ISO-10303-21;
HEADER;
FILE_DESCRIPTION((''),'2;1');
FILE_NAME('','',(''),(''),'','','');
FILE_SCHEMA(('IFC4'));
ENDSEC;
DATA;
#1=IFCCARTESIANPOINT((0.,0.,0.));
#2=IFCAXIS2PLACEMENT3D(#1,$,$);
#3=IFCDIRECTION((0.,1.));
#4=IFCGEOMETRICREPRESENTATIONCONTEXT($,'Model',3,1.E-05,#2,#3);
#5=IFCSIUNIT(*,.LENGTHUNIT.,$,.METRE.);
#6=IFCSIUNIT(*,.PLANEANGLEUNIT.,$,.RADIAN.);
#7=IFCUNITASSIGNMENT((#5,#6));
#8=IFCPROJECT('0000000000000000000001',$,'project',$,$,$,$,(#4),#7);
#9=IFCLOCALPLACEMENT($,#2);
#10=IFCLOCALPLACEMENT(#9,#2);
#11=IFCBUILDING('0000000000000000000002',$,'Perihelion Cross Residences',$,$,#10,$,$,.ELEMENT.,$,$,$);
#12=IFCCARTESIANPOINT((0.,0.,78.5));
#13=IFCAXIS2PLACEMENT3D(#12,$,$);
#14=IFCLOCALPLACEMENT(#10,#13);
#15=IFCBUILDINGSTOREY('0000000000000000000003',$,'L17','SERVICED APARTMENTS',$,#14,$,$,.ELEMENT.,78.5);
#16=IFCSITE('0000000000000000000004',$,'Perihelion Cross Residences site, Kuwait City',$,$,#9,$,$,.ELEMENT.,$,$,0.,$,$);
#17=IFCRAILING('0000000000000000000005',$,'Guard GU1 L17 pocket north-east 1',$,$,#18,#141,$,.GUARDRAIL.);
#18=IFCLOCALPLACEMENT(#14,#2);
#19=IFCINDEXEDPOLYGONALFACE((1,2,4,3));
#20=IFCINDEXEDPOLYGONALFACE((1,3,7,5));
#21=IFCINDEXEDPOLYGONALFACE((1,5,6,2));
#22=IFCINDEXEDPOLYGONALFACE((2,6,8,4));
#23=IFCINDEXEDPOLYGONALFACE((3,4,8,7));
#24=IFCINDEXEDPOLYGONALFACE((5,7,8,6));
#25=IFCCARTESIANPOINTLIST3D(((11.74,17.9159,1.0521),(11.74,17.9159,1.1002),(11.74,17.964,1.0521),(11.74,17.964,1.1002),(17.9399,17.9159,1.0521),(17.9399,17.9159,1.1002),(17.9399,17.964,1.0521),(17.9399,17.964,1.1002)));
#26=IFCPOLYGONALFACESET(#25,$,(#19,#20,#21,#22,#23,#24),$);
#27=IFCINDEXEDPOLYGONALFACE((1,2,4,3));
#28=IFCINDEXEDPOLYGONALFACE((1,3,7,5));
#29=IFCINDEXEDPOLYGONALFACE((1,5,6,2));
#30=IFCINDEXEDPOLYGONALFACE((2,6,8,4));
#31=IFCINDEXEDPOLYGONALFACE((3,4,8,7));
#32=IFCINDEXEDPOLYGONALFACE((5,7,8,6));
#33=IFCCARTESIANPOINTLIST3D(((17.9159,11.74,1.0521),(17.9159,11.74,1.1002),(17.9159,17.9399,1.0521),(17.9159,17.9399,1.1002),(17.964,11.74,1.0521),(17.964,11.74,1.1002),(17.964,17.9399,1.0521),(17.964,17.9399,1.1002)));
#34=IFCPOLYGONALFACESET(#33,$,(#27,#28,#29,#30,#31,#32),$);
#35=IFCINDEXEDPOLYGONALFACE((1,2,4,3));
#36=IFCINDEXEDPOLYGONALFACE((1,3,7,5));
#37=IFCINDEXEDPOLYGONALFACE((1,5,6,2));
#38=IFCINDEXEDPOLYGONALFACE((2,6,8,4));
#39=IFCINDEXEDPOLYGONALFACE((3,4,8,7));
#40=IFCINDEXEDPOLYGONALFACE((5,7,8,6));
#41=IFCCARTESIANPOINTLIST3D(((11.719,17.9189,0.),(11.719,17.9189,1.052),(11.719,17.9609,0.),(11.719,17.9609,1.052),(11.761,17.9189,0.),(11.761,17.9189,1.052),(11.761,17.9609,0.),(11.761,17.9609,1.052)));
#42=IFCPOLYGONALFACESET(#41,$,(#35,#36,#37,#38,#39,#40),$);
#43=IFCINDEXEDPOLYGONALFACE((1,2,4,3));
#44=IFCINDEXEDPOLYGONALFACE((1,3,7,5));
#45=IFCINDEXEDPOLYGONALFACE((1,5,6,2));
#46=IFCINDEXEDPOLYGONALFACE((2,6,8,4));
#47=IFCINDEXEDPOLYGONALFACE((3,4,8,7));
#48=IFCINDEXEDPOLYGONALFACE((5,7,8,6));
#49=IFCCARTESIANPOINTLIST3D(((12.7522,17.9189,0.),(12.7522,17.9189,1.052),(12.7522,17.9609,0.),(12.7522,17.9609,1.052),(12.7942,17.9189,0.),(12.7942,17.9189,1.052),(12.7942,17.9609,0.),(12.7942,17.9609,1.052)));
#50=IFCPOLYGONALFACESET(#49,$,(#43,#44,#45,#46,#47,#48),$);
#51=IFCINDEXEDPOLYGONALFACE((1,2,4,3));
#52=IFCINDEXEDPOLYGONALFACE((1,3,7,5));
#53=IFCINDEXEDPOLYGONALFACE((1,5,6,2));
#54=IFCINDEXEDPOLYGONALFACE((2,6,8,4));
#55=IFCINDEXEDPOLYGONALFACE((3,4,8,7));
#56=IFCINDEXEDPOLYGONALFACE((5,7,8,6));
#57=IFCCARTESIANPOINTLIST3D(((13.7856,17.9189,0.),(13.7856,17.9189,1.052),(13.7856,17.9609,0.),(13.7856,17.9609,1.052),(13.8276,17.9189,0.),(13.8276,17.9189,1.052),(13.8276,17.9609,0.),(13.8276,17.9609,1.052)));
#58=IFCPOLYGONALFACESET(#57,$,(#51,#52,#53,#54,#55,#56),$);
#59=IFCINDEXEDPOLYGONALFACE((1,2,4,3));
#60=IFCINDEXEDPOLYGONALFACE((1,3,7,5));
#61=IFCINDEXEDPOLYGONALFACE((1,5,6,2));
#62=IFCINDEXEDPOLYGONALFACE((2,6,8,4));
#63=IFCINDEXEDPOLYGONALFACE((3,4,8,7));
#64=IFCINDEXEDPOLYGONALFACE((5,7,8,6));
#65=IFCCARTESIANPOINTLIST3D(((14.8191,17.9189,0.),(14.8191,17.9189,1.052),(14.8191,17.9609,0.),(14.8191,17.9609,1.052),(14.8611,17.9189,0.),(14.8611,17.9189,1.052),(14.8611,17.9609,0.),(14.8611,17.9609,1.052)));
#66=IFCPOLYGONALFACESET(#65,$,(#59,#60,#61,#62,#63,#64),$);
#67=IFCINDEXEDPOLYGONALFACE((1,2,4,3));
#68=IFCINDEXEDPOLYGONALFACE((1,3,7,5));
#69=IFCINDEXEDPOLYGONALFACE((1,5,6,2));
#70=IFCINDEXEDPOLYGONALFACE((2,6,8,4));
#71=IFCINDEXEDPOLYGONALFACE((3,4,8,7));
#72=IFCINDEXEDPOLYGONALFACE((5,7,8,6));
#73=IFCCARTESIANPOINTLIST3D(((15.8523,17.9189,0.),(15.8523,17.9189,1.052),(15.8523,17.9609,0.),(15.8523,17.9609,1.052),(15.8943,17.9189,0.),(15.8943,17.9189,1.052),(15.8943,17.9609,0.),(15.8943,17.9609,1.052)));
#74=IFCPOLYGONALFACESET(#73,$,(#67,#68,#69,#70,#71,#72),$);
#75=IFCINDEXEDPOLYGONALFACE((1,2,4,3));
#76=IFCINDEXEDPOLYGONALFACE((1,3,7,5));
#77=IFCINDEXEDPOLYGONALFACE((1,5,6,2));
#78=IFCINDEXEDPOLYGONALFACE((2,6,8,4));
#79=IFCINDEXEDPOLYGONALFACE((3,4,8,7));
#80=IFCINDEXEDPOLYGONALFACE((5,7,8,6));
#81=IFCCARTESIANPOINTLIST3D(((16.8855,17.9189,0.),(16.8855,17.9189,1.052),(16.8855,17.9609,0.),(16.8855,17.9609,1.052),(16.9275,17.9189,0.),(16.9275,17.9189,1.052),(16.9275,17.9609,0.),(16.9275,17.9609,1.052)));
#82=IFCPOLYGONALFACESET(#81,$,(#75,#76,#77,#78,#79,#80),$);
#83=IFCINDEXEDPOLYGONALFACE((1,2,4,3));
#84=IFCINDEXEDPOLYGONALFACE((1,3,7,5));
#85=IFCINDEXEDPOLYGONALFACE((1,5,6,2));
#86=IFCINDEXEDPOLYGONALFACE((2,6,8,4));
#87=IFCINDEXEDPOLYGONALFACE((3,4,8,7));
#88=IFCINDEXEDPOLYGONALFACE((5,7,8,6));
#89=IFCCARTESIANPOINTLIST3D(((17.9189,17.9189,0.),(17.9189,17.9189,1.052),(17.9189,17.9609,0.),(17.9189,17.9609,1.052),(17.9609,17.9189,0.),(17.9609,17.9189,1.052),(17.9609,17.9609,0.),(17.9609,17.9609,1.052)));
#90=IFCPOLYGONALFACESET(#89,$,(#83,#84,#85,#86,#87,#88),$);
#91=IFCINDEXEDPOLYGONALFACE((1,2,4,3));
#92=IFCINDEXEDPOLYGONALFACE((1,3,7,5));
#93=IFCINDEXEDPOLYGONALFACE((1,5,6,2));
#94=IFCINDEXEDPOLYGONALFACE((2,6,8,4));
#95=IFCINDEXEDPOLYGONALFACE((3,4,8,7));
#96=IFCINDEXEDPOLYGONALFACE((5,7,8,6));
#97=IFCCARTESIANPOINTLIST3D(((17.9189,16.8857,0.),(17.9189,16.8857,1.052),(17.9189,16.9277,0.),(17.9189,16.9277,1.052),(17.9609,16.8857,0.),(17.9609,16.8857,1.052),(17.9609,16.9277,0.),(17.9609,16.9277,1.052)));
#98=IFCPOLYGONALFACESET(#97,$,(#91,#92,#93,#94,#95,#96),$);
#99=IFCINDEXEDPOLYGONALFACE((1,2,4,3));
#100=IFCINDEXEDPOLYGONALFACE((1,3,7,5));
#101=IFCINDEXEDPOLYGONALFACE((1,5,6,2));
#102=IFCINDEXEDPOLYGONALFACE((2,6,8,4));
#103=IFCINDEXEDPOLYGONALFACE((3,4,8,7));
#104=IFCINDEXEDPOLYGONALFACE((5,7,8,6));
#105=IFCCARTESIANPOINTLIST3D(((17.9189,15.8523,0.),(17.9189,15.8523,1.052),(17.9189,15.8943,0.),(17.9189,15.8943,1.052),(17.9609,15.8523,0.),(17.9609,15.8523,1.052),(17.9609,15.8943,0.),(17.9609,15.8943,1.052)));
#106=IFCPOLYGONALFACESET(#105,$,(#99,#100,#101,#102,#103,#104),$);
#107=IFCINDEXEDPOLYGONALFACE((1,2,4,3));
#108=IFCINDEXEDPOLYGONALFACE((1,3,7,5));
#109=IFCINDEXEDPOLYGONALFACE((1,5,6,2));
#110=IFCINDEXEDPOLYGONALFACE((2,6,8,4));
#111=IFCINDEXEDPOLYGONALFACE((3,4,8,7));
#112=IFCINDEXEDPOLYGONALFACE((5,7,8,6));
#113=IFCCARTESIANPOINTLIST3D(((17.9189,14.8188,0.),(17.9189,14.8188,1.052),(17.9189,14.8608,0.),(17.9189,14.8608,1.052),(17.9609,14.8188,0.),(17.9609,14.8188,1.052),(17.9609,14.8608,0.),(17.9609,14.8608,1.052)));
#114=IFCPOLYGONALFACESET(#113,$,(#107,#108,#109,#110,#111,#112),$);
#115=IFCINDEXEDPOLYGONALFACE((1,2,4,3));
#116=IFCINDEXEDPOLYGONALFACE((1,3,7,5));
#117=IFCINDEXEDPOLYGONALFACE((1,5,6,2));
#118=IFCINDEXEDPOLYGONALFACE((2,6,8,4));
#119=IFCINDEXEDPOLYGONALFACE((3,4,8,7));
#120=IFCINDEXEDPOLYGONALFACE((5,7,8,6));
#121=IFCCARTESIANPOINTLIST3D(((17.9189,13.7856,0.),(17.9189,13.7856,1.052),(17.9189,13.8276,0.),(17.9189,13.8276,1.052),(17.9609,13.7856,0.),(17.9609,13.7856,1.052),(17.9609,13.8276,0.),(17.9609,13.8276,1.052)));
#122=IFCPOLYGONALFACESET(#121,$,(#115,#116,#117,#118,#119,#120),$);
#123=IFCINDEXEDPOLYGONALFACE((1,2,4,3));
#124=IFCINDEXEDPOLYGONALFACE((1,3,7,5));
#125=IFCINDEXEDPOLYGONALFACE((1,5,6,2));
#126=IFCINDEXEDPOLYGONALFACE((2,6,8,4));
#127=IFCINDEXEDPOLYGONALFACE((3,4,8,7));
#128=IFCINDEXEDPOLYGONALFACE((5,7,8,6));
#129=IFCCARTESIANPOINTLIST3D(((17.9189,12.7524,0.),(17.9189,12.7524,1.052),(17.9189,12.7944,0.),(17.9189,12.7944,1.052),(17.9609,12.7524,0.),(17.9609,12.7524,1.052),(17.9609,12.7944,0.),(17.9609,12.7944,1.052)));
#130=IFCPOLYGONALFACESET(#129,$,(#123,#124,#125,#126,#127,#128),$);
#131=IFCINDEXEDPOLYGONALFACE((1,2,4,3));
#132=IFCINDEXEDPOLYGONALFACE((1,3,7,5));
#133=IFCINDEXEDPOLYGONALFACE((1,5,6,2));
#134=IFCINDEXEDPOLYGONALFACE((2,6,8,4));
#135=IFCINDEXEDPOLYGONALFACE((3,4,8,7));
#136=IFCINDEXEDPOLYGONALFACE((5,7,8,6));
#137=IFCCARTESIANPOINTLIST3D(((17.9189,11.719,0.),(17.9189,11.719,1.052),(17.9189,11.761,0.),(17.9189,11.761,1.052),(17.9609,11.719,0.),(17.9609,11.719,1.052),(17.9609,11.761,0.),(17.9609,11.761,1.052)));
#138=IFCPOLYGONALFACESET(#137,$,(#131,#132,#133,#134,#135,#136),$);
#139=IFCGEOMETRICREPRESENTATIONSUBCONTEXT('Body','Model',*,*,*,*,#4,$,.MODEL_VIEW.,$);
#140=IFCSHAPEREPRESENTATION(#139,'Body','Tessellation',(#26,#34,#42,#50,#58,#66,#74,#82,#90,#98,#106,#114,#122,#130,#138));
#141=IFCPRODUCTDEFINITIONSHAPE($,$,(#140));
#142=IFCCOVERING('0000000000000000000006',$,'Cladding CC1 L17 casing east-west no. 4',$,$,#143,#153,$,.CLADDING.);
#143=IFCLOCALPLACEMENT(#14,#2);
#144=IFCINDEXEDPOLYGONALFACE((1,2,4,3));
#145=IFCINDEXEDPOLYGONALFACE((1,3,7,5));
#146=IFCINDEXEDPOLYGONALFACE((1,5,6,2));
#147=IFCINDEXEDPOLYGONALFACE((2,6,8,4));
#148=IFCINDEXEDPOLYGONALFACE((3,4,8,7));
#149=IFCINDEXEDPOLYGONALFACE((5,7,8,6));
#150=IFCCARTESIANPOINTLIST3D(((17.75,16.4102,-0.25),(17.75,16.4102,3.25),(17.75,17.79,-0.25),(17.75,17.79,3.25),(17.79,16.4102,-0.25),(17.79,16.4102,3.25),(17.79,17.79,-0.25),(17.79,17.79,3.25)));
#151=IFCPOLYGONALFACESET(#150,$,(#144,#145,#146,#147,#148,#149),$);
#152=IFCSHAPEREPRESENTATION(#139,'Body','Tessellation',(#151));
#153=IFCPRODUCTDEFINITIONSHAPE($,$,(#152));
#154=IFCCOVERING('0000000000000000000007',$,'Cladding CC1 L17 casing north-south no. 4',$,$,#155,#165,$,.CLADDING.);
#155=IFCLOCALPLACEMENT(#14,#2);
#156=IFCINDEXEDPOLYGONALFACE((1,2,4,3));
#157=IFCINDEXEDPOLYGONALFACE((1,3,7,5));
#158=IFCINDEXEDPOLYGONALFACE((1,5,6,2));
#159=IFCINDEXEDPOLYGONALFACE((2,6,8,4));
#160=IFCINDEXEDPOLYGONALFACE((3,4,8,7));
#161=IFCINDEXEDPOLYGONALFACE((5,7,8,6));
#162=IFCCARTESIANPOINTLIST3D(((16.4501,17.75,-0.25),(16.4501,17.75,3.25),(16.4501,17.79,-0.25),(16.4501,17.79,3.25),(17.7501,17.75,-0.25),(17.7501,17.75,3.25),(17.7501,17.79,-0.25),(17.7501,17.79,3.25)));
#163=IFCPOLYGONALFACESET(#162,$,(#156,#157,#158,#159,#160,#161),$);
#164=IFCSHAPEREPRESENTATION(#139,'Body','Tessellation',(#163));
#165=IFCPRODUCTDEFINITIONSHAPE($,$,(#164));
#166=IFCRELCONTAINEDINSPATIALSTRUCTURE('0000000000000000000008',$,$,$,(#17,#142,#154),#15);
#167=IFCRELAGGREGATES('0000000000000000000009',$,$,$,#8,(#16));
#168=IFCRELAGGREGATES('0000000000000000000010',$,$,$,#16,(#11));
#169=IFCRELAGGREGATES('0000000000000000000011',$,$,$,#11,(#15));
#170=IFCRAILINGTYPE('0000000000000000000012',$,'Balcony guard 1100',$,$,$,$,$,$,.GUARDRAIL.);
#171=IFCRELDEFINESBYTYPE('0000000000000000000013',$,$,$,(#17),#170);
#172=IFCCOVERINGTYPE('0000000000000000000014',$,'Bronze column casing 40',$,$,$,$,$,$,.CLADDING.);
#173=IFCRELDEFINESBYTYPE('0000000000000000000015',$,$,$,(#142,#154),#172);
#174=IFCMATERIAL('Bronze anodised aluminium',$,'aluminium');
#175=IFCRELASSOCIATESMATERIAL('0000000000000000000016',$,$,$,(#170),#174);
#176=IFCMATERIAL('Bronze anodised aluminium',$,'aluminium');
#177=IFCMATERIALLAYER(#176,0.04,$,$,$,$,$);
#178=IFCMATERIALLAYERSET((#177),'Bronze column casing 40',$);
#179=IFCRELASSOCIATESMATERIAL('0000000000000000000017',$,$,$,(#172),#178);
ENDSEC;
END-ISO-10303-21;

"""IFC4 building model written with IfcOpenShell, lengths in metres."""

from ifc_helpers import new_model, si_unit, direction, frame, origin, origin_2d, place, context, subcontext, project, spatial, rectangle, extrude, material, layer, layer_set, type_object, element, save


model = new_model("IFC4")

# Units and contexts
model_context = context("Model", 3, precision=1e-05, world=origin(), true_north=direction((0.0, 1.0)))
body_context = subcontext(model_context, "Body", "Model", "MODEL_VIEW")
ifc_project = project(units=[si_unit("LENGTHUNIT", "METRE"), si_unit("PLANEANGLEUNIT", "RADIAN")], contexts=[model_context])

# Site, building, storey
site_placement = place(None, origin())
site = spatial("IfcSite", under=ifc_project, at=site_placement, Name="Perihelion Cross Residences site, Kuwait City", CompositionType="ELEMENT", RefElevation=0.0)
building_placement = place(site_placement, origin())
building = spatial("IfcBuilding", under=site, at=building_placement, Name="Perihelion Cross Residences", CompositionType="ELEMENT")
storey_placement = place(building_placement, frame((0.0, 0.0, 78.5)))
storey = spatial("IfcBuildingStorey", under=building, at=storey_placement, Name="L17", Description="SERVICED APARTMENTS", CompositionType="ELEMENT", Elevation=78.5)

# Railing
ifc_material_1 = material(Name="Bronze anodised aluminium", Category="aluminium")
railing_type = type_object("IfcRailingType", Name="Balcony guard 1100", PredefinedType="GUARDRAIL", material=ifc_material_1)
railing_1_placement = place(storey_placement, frame((11.74, 17.9399, 0.0)))
element("IfcRailing", 1, at=railing_1_placement, inside=storey, type_object=railing_type, Name="Guard GU1 L17 pocket north-east 1", PredefinedType="GUARDRAIL", context=body_context, shape_type="SweptSolid", body=[
    extrude(rectangle(XDim=0.0481, YDim=0.0481, at=origin_2d()), frame((0.0, 0.0, 1.0762), z_axis=(1.0, 0.0, 0.0), x_axis=(0.0, 1.0, 0.0)), (0.0, 0.0, 1.0), 6.2),
    extrude(rectangle(XDim=0.0481, YDim=0.0481, at=origin_2d()), frame((6.2, 0.0, 1.0762), z_axis=(0.0, -1.0, 0.0), x_axis=(1.0, 0.0, 0.0)), (0.0, 0.0, 1.0), 6.2),
    extrude(rectangle(XDim=0.042, YDim=0.042, at=origin_2d()), origin(), (0.0, 0.0, 1.0), 1.052),
    extrude(rectangle(XDim=0.042, YDim=0.042, at=origin_2d()), frame((1.0332, 0.0, 0.0)), (0.0, 0.0, 1.0), 1.052),
    extrude(rectangle(XDim=0.042, YDim=0.042, at=origin_2d()), frame((2.0667, 0.0, 0.0)), (0.0, 0.0, 1.0), 1.052),
    extrude(rectangle(XDim=0.042, YDim=0.042, at=origin_2d()), frame((3.1001, 0.0, 0.0)), (0.0, 0.0, 1.0), 1.052),
    extrude(rectangle(XDim=0.042, YDim=0.042, at=origin_2d()), frame((4.1333, 0.0, 0.0)), (0.0, 0.0, 1.0), 1.052),
    extrude(rectangle(XDim=0.042, YDim=0.042, at=origin_2d()), frame((5.1665, 0.0, 0.0)), (0.0, 0.0, 1.0), 1.052),
    extrude(rectangle(XDim=0.042, YDim=0.042, at=origin_2d()), frame((6.2, 0.0, 0.0)), (0.0, 0.0, 1.0), 1.052),
    extrude(rectangle(XDim=0.042, YDim=0.042, at=origin_2d()), frame((6.2, -1.0332, 0.0)), (0.0, 0.0, 1.0), 1.052),
    extrude(rectangle(XDim=0.042, YDim=0.042, at=origin_2d()), frame((6.2, -2.0667, 0.0)), (0.0, 0.0, 1.0), 1.052),
    extrude(rectangle(XDim=0.042, YDim=0.042, at=origin_2d()), frame((6.2, -3.1001, 0.0)), (0.0, 0.0, 1.0), 1.052),
    extrude(rectangle(XDim=0.042, YDim=0.042, at=origin_2d()), frame((6.2, -4.1333, 0.0)), (0.0, 0.0, 1.0), 1.052),
    extrude(rectangle(XDim=0.042, YDim=0.042, at=origin_2d()), frame((6.2, -5.1665, 0.0)), (0.0, 0.0, 1.0), 1.052),
    extrude(rectangle(XDim=0.042, YDim=0.042, at=origin_2d()), frame((6.2, -6.2, 0.0)), (0.0, 0.0, 1.0), 1.052),
])

# Coverings
ifc_material_2 = material(Name="Bronze anodised aluminium", Category="aluminium")
ifc_layer_1 = layer(ifc_material_2, 0.04)
ifc_layer_set_1 = layer_set([ifc_layer_1], Name="Bronze column casing 40")
covering_type = type_object("IfcCoveringType", Name="Bronze column casing 40", PredefinedType="CLADDING", material=ifc_layer_set_1)
covering_1_placement = place(storey_placement, frame((17.77, 17.1001, -0.25), z_axis=(0.0, 0.0, 1.0), x_axis=(1.0, 0.0, 0.0)))
element("IfcCovering", 2, at=covering_1_placement, inside=storey, type_object=covering_type, Name="Cladding CC1 L17 casing east-west no. 4", PredefinedType="CLADDING", context=body_context, shape_type="SweptSolid", body=[
    extrude(rectangle(XDim=0.04, YDim=1.3799, at=origin_2d()), origin(), (0.0, 0.0, 1.0), 3.5),
])
covering_2_placement = place(storey_placement, frame((17.1001, 17.77, -0.25), z_axis=(0.0, 0.0, 1.0), x_axis=(1.0, 0.0, 0.0)))
element("IfcCovering", 3, at=covering_2_placement, inside=storey, type_object=covering_type, Name="Cladding CC1 L17 casing north-south no. 4", PredefinedType="CLADDING", context=body_context, shape_type="SweptSolid", body=[
    extrude(rectangle(XDim=1.3, YDim=0.04, at=origin_2d()), origin(), (0.0, 0.0, 1.0), 3.5),
])

save(model, "model.ifc")
